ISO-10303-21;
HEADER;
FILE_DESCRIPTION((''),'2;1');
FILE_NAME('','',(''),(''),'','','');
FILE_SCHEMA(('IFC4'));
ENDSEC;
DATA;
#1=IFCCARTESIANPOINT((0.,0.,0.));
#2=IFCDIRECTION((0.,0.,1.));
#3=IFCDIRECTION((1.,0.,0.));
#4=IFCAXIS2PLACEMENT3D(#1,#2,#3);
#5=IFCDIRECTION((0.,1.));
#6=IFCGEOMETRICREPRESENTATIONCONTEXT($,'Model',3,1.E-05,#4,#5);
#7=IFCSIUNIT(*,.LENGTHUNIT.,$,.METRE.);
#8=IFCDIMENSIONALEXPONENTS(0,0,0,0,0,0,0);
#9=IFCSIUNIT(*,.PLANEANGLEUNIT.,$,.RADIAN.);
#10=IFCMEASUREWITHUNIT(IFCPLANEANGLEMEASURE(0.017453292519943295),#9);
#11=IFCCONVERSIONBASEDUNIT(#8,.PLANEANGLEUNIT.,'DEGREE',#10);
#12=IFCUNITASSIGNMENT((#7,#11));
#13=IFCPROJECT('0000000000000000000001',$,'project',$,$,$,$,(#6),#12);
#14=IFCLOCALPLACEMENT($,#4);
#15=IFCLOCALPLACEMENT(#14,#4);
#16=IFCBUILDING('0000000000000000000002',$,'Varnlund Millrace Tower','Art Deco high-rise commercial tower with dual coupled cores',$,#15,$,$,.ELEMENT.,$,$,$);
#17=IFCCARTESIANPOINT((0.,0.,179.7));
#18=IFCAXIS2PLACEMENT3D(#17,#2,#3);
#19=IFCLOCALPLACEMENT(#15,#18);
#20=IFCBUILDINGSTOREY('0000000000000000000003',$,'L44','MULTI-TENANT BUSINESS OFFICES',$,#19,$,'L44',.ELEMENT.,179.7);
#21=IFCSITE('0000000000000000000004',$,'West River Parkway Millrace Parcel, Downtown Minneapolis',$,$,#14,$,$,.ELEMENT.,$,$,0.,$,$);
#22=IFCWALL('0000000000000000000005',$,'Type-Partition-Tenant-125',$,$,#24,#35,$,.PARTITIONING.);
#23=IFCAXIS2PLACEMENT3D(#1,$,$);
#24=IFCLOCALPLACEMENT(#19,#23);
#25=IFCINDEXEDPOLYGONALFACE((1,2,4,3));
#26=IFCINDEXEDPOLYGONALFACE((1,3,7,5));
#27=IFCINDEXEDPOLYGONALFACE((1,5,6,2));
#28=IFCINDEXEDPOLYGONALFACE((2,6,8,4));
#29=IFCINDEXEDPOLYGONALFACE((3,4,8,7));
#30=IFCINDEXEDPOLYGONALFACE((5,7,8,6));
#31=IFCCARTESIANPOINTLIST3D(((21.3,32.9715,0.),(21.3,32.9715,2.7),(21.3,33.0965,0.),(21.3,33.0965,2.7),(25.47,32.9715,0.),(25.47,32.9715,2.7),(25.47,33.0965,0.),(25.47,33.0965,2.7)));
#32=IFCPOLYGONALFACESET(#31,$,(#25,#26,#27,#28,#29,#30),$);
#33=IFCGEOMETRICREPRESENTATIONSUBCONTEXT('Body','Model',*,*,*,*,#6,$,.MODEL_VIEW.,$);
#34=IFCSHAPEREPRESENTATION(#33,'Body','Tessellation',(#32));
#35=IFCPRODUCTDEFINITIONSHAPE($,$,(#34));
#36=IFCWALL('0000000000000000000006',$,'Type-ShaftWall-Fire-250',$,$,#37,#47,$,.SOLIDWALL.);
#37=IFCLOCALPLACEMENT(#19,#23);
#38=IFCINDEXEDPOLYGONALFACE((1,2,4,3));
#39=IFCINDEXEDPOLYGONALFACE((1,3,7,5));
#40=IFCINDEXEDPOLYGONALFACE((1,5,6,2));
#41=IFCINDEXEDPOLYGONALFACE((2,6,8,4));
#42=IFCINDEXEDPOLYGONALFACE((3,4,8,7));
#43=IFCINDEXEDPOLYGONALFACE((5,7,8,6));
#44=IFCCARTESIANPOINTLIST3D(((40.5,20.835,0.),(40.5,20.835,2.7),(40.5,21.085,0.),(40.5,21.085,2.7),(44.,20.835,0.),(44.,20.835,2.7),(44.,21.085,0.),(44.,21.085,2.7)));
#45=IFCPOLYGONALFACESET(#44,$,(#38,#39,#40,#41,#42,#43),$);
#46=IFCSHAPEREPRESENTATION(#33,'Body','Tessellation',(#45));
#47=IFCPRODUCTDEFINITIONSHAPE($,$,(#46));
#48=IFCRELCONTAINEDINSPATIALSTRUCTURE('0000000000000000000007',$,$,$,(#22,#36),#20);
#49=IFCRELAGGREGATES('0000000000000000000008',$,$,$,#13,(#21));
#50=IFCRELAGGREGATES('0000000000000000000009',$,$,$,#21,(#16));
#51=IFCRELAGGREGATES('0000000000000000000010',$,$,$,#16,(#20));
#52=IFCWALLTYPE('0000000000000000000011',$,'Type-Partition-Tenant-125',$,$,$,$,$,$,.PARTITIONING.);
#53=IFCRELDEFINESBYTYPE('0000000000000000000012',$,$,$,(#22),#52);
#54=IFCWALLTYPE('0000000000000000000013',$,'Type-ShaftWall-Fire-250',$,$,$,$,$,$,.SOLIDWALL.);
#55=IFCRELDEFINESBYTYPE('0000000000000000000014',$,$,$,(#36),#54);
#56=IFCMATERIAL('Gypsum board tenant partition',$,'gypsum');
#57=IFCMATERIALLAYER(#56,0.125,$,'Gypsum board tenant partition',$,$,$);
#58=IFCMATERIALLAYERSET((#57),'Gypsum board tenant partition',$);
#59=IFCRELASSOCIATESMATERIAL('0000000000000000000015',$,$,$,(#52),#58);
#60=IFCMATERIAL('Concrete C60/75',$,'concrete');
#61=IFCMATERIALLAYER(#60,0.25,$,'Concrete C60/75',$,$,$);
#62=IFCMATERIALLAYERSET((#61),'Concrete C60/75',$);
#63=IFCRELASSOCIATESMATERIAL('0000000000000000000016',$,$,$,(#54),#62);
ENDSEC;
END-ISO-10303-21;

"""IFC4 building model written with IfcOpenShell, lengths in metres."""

from ifc_helpers import new_model, entity, si_unit, converted_unit, direction, frame, origin_with_axes, place, context, subcontext, project, spatial, polyline, outline, extrude, material, layer, layer_set, type_object, element, save


model = new_model("IFC4")

# Units and contexts
model_context = context("Model", 3, precision=1e-05, world=origin_with_axes(), true_north=direction((0.0, 1.0)))
body_context = subcontext(model_context, "Body", "Model", "MODEL_VIEW")
ifc_project = project(units=[si_unit("LENGTHUNIT", "METRE"), converted_unit("PLANEANGLEUNIT", "DEGREE", entity("IfcPlaneAngleMeasure", 0.017453292519943295), si_unit("PLANEANGLEUNIT", "RADIAN"), dimensions=[0, 0, 0, 0, 0, 0, 0])], contexts=[model_context])

# Site, building, storey
site_placement = place(None, origin_with_axes())
site = spatial("IfcSite", under=ifc_project, at=site_placement, Name="West River Parkway Millrace Parcel, Downtown Minneapolis", CompositionType="ELEMENT", RefElevation=0.0)
building_placement = place(site_placement, origin_with_axes())
building = spatial("IfcBuilding", under=site, at=building_placement, Name="Varnlund Millrace Tower", Description="Art Deco high-rise commercial tower with dual coupled cores", CompositionType="ELEMENT")
storey_placement = place(building_placement, frame((0.0, 0.0, 179.7), z_axis=(0.0, 0.0, 1.0), x_axis=(1.0, 0.0, 0.0)))
storey = spatial("IfcBuildingStorey", under=building, at=storey_placement, Name="L44", Description="MULTI-TENANT BUSINESS OFFICES", LongName="L44", CompositionType="ELEMENT", Elevation=179.7)

# Walls
ifc_material_1 = material(Name="Gypsum board tenant partition", Category="gypsum")
ifc_layer_1 = layer(ifc_material_1, 0.125, Name="Gypsum board tenant partition")
ifc_layer_set_1 = layer_set([ifc_layer_1], Name="Gypsum board tenant partition")
wall_type_1 = type_object("IfcWallType", Name="Type-Partition-Tenant-125", PredefinedType="PARTITIONING", material=ifc_layer_set_1)
wall_1_placement = place(storey_placement, frame((21.3, 33.034, 0.0), z_axis=(0.0, 0.0, 1.0), x_axis=(1.0, 0.0, 0.0)))
element("IfcWall", 1, at=wall_1_placement, inside=storey, type_object=wall_type_1, Name="Type-Partition-Tenant-125", PredefinedType="PARTITIONING", context=body_context, shape_type="SweptSolid", body=[
    extrude(outline(polyline([(0.0, -0.0625), (4.17, -0.0625), (4.17, 0.0625), (0.0, 0.0625), (0.0, -0.0625)])), origin_with_axes(), (0.0, 0.0, 1.0), 2.7),
])
ifc_material_2 = material(Name="Concrete C60/75", Category="concrete")
ifc_layer_2 = layer(ifc_material_2, 0.25, Name="Concrete C60/75")
ifc_layer_set_2 = layer_set([ifc_layer_2], Name="Concrete C60/75")
wall_type_2 = type_object("IfcWallType", Name="Type-ShaftWall-Fire-250", PredefinedType="SOLIDWALL", material=ifc_layer_set_2)
wall_2_placement = place(storey_placement, frame((40.5, 20.96, 0.0), z_axis=(0.0, 0.0, 1.0), x_axis=(1.0, 0.0, 0.0)))
element("IfcWall", 2, at=wall_2_placement, inside=storey, type_object=wall_type_2, Name="Type-ShaftWall-Fire-250", PredefinedType="SOLIDWALL", context=body_context, shape_type="SweptSolid", body=[
    extrude(outline(polyline([(0.0, -0.125), (3.5, -0.125), (3.5, 0.125), (0.0, 0.125), (0.0, -0.125)])), origin_with_axes(), (0.0, 0.0, 1.0), 2.7),
])

save(model, "model.ifc")
